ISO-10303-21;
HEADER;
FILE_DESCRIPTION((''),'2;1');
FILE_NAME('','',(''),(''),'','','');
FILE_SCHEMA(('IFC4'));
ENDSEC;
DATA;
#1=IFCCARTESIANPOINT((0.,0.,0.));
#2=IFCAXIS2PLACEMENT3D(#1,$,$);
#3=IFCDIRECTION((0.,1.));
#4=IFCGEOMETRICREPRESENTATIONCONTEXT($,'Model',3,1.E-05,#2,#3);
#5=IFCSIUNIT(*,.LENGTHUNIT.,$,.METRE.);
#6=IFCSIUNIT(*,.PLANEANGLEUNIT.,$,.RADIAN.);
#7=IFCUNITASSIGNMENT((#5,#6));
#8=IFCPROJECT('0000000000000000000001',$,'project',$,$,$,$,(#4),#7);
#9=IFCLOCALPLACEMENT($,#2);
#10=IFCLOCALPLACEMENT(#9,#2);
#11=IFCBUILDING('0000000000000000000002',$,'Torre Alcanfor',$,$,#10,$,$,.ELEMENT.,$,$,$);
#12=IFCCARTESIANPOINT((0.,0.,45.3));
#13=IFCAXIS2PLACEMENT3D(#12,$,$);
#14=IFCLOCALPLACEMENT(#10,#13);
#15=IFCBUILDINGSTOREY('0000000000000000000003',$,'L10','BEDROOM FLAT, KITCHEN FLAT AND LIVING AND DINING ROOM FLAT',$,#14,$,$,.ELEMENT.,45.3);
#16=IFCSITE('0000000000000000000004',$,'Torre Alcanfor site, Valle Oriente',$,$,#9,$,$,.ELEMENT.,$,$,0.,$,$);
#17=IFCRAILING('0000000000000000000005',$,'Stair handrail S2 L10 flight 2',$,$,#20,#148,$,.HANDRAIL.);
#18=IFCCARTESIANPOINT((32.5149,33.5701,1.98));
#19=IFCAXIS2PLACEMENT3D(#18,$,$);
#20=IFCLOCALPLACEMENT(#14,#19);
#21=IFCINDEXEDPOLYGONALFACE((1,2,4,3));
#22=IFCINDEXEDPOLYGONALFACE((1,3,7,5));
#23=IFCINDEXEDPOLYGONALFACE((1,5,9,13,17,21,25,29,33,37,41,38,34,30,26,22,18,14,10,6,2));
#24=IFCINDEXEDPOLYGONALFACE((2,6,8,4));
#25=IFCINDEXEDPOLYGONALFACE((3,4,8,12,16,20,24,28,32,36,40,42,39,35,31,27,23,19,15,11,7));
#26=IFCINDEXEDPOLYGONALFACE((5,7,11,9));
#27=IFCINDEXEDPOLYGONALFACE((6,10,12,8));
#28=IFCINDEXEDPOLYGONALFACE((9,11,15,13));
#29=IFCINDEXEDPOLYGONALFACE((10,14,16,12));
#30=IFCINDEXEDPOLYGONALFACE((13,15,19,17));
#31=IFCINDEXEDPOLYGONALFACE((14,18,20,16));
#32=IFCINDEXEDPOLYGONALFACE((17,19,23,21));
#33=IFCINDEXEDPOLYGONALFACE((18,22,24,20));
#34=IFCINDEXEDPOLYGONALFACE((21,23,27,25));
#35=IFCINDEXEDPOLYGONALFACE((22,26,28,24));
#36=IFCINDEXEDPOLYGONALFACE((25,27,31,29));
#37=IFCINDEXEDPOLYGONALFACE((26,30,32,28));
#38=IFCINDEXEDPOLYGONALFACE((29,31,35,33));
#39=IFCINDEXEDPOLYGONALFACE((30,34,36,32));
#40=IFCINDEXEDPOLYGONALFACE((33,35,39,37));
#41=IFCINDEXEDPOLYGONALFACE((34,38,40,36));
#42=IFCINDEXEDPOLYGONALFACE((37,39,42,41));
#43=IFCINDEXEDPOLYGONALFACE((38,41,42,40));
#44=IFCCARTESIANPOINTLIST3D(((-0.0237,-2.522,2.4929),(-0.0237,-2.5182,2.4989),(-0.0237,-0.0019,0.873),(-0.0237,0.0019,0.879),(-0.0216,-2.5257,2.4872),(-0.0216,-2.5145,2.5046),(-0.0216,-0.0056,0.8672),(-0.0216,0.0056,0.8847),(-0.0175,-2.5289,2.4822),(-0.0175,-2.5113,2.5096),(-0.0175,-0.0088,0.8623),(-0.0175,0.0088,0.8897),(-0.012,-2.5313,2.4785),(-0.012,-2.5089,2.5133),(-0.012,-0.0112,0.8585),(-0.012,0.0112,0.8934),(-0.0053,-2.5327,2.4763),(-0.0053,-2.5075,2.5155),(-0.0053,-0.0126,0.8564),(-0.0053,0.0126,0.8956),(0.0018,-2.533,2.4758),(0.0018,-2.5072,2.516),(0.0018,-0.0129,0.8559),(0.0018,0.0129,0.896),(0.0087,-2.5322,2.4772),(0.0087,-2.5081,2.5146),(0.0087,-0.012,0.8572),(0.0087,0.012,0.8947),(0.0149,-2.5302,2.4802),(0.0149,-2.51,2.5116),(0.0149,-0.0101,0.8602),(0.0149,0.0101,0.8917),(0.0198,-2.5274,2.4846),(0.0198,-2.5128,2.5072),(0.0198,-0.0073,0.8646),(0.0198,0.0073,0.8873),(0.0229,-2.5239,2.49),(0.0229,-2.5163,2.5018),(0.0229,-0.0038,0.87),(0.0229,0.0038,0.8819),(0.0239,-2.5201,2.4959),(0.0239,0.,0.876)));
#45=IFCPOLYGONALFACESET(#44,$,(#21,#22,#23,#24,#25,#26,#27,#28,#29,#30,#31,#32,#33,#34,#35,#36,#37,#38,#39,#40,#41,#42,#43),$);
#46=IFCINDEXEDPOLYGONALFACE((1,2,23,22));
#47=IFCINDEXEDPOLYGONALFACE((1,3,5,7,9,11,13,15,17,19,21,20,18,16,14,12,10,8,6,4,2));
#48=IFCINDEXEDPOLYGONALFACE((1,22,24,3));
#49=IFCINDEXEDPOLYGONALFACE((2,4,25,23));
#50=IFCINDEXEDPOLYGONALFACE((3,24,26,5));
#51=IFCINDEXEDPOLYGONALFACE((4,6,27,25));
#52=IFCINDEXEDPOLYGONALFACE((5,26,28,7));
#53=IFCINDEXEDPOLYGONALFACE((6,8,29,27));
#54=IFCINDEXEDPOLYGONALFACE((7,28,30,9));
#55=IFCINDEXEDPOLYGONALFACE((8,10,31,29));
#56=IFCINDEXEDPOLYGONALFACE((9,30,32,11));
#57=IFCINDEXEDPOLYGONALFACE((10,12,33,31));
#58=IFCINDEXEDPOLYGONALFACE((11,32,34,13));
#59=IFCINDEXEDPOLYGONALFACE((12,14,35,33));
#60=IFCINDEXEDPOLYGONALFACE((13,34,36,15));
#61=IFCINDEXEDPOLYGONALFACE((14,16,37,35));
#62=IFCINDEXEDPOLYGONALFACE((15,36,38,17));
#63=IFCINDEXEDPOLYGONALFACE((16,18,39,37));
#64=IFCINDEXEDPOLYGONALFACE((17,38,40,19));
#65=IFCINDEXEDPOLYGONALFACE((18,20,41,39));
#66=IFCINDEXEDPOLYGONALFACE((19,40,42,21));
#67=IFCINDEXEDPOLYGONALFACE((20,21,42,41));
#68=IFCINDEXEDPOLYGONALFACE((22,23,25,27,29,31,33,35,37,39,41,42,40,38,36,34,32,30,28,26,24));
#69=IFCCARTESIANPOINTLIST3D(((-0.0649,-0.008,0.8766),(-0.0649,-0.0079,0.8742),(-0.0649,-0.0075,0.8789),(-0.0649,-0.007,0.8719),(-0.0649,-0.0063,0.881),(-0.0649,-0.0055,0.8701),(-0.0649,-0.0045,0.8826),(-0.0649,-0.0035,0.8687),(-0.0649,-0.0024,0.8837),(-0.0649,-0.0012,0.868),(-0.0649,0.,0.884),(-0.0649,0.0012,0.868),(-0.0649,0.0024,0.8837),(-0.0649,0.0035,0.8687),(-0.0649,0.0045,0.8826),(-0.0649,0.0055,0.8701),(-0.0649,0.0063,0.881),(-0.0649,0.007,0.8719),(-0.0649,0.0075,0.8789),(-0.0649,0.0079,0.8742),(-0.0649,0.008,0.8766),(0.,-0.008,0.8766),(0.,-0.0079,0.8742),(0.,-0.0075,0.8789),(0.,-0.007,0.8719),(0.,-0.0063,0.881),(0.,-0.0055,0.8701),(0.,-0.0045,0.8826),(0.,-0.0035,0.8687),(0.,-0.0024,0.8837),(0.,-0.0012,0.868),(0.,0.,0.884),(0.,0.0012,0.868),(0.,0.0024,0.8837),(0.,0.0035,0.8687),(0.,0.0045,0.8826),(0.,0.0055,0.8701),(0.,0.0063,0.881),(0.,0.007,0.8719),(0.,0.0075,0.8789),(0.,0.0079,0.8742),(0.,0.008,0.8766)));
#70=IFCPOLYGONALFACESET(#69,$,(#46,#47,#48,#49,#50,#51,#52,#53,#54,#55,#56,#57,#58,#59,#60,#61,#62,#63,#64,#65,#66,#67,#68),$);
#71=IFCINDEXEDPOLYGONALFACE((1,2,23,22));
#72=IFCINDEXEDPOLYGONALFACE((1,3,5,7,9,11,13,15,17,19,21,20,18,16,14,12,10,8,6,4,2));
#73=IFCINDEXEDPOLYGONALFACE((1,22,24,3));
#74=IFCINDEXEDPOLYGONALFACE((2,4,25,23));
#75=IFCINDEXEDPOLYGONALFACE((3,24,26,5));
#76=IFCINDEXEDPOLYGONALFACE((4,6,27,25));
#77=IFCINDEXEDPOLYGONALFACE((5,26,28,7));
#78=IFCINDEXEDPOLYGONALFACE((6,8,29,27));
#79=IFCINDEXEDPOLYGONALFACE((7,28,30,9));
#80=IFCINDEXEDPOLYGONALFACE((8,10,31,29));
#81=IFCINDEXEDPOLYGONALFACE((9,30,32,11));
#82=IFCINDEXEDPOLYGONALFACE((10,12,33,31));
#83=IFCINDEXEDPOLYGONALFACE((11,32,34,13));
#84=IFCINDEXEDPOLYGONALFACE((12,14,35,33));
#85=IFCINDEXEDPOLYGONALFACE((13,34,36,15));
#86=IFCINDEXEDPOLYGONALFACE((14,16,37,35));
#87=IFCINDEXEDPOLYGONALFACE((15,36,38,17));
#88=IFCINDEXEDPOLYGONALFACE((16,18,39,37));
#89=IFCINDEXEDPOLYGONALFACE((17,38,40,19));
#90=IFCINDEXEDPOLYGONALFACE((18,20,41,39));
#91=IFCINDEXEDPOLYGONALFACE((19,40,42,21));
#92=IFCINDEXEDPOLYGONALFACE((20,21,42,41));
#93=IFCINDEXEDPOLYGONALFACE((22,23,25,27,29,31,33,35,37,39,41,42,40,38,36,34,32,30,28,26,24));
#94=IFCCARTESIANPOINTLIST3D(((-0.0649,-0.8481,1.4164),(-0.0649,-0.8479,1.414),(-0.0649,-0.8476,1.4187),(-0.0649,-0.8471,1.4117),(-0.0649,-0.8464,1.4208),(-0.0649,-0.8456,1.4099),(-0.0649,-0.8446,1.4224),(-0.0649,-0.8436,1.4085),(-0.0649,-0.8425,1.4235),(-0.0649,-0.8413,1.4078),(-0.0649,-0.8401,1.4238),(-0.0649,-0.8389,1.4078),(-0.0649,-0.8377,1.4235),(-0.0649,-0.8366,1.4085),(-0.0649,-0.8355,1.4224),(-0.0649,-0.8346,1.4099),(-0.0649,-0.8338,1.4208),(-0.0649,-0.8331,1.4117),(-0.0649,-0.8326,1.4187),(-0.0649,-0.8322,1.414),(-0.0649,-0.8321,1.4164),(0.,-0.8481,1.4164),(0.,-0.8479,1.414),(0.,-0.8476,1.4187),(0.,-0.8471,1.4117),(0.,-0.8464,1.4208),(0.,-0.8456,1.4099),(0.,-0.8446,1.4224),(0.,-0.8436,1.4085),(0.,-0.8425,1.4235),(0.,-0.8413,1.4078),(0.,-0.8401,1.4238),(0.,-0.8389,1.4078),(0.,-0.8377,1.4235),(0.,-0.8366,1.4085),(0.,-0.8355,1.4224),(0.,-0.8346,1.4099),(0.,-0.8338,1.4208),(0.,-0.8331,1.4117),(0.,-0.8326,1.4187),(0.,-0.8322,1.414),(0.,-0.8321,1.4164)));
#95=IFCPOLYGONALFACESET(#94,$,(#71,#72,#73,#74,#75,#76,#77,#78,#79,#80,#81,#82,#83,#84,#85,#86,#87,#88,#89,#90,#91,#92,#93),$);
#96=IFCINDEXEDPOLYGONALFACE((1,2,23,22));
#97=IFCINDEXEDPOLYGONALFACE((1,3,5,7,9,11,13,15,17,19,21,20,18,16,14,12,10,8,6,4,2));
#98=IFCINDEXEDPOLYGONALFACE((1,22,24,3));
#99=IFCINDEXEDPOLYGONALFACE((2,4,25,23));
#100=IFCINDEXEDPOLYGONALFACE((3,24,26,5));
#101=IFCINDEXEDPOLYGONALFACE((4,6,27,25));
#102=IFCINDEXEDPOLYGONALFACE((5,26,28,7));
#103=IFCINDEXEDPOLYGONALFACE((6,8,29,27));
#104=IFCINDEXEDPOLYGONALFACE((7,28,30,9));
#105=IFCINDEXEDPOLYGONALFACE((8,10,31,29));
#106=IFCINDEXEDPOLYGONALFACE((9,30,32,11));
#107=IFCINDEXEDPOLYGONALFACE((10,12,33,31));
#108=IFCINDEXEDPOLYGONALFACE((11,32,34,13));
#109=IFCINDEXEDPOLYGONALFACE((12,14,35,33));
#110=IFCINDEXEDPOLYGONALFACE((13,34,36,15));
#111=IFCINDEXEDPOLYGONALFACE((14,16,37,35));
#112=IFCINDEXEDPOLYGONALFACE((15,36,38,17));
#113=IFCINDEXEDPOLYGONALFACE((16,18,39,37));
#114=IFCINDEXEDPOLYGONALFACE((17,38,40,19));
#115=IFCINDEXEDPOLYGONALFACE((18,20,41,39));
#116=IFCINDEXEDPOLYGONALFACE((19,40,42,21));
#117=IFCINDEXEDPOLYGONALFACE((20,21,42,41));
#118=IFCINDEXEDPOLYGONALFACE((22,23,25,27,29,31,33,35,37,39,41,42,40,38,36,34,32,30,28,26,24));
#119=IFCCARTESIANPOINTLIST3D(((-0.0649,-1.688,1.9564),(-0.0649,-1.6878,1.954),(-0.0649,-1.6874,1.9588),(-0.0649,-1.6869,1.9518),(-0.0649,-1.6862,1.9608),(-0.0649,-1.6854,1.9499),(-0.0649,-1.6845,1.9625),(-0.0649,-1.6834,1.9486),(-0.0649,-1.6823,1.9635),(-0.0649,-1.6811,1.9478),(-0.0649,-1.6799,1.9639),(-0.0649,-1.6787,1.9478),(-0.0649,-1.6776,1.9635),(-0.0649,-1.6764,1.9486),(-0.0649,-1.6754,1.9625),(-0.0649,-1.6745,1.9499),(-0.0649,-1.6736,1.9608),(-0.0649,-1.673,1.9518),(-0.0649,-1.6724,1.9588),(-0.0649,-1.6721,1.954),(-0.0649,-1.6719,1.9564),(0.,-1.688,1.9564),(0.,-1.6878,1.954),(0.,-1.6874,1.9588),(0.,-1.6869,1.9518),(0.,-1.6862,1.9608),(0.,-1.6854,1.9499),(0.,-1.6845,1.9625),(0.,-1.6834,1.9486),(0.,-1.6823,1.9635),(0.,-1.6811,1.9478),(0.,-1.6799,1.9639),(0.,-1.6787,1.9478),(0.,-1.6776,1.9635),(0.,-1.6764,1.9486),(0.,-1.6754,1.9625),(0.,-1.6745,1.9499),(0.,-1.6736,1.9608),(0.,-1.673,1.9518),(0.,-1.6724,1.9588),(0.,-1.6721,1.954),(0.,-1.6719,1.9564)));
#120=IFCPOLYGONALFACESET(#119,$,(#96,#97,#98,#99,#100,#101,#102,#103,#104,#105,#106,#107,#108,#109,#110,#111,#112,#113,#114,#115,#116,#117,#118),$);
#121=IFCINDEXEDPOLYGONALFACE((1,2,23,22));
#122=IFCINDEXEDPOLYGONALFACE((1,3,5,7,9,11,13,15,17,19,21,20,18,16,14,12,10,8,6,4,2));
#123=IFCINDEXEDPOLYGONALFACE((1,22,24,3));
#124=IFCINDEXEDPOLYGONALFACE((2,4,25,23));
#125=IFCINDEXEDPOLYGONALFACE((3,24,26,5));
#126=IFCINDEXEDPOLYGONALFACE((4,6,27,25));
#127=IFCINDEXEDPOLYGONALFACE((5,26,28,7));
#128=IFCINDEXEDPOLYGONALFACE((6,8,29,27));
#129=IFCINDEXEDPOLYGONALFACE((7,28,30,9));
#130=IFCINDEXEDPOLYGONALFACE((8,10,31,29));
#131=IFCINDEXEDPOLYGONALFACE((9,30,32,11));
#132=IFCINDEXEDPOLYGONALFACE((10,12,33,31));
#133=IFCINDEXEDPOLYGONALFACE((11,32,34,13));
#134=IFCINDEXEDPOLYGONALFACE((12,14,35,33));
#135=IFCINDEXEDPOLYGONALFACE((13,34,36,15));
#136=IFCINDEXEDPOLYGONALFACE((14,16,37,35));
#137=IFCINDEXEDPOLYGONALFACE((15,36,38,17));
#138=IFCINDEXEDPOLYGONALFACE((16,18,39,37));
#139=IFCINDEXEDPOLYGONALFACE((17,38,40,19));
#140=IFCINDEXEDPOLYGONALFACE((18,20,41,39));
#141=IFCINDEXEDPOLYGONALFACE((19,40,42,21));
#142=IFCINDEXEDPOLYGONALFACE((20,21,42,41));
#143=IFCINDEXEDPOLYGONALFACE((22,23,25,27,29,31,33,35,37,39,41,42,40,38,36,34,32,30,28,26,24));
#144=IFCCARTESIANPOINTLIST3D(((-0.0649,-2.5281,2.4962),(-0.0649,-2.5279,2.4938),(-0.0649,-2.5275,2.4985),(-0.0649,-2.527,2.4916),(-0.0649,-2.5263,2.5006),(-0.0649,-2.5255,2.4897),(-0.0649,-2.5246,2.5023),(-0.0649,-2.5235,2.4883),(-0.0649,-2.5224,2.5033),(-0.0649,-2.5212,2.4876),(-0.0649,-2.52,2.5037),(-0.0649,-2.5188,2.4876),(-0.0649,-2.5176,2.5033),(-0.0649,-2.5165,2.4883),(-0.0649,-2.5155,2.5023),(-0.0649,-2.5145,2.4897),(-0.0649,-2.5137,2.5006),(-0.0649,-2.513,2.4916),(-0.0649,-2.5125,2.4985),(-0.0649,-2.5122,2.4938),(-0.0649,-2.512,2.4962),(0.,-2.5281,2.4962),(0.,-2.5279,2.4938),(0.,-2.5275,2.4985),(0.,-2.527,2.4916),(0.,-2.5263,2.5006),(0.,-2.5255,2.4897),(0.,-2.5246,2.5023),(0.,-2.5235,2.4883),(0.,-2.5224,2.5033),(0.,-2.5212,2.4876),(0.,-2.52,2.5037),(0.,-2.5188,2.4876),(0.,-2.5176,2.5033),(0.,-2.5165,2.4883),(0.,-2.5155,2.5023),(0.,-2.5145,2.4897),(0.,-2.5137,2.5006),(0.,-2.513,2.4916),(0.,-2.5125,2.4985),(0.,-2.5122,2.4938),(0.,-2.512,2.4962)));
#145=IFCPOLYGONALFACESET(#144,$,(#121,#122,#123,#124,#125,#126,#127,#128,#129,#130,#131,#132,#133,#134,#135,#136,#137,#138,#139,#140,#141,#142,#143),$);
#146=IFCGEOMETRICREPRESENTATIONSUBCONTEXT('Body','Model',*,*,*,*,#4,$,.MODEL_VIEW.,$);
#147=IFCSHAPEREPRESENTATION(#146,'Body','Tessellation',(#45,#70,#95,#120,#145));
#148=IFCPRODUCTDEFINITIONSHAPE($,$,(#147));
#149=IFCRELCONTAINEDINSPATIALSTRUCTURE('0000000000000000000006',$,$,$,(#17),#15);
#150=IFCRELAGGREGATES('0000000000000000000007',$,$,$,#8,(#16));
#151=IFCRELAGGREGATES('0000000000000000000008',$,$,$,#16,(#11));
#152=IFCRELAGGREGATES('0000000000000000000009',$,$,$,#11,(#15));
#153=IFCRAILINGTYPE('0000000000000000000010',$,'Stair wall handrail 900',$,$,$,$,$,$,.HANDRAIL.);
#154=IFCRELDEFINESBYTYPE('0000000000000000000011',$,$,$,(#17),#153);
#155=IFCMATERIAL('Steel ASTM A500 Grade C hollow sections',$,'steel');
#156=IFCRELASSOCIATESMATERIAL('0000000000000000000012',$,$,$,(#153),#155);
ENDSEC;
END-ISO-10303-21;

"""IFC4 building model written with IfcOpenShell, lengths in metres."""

from ifc_helpers import new_model, si_unit, direction, frame, origin, origin_2d, place, context, subcontext, project, spatial, circle, extrude, material, type_object, element, save


model = new_model("IFC4")

# Units and contexts
model_context = context("Model", 3, precision=1e-05, world=origin(), true_north=direction((0.0, 1.0)))
body_context = subcontext(model_context, "Body", "Model", "MODEL_VIEW")
ifc_project = project(units=[si_unit("LENGTHUNIT", "METRE"), si_unit("PLANEANGLEUNIT", "RADIAN")], contexts=[model_context])

# Site, building, storey
site_placement = place(None, origin())
site = spatial("IfcSite", under=ifc_project, at=site_placement, Name="Torre Alcanfor site, Valle Oriente", CompositionType="ELEMENT", RefElevation=0.0)
building_placement = place(site_placement, origin())
building = spatial("IfcBuilding", under=site, at=building_placement, Name="Torre Alcanfor", CompositionType="ELEMENT")
storey_placement = place(building_placement, frame((0.0, 0.0, 45.3)))
storey = spatial("IfcBuildingStorey", under=building, at=storey_placement, Name="L10", Description="BEDROOM FLAT, KITCHEN FLAT AND LIVING AND DINING ROOM FLAT", CompositionType="ELEMENT", Elevation=45.3)

# Railing
ifc_material_1 = material(Name="Steel ASTM A500 Grade C hollow sections", Category="steel")
railing_type_1 = type_object("IfcRailingType", Name="Stair wall handrail 900", PredefinedType="HANDRAIL", material=ifc_material_1)
railing_1_placement = place(storey_placement, frame((32.5149, 33.5701, 1.98)))
element("IfcRailing", 1, at=railing_1_placement, inside=storey, type_object=railing_type_1, Name="Stair handrail S2 L10 flight 2", PredefinedType="HANDRAIL", context=body_context, shape_type="SweptSolid", body=[
    extrude(circle(Radius=0.0239, at=origin_2d()), frame((0.0, 0.0, 0.876), z_axis=(0.0, -0.8412, 0.540725), x_axis=(1.0, 0.0, 0.0)), (0.0, 0.0, 1.0), 2.9958),
    extrude(circle(Radius=0.0081, at=origin_2d()), frame((0.0, 0.0, 0.876), z_axis=(-1.0, 0.0, 0.0), x_axis=(0.0, 0.0, 1.0)), (0.0, 0.0, 1.0), 0.0649),
    extrude(circle(Radius=0.0081, at=origin_2d()), frame((0.0, -0.8401, 1.4158), z_axis=(-1.0, 0.0, 0.0), x_axis=(0.0, 0.0, 1.0)), (0.0, 0.0, 1.0), 0.0649),
    extrude(circle(Radius=0.0081, at=origin_2d()), frame((0.0, -1.6799, 1.9558), z_axis=(-1.0, 0.0, 0.0), x_axis=(0.0, 0.0, 1.0)), (0.0, 0.0, 1.0), 0.0649),
    extrude(circle(Radius=0.0081, at=origin_2d()), frame((0.0, -2.52, 2.4956), z_axis=(-1.0, 0.0, 0.0), x_axis=(0.0, 0.0, 1.0)), (0.0, 0.0, 1.0), 0.0649),
])

save(model, "model.ifc")
